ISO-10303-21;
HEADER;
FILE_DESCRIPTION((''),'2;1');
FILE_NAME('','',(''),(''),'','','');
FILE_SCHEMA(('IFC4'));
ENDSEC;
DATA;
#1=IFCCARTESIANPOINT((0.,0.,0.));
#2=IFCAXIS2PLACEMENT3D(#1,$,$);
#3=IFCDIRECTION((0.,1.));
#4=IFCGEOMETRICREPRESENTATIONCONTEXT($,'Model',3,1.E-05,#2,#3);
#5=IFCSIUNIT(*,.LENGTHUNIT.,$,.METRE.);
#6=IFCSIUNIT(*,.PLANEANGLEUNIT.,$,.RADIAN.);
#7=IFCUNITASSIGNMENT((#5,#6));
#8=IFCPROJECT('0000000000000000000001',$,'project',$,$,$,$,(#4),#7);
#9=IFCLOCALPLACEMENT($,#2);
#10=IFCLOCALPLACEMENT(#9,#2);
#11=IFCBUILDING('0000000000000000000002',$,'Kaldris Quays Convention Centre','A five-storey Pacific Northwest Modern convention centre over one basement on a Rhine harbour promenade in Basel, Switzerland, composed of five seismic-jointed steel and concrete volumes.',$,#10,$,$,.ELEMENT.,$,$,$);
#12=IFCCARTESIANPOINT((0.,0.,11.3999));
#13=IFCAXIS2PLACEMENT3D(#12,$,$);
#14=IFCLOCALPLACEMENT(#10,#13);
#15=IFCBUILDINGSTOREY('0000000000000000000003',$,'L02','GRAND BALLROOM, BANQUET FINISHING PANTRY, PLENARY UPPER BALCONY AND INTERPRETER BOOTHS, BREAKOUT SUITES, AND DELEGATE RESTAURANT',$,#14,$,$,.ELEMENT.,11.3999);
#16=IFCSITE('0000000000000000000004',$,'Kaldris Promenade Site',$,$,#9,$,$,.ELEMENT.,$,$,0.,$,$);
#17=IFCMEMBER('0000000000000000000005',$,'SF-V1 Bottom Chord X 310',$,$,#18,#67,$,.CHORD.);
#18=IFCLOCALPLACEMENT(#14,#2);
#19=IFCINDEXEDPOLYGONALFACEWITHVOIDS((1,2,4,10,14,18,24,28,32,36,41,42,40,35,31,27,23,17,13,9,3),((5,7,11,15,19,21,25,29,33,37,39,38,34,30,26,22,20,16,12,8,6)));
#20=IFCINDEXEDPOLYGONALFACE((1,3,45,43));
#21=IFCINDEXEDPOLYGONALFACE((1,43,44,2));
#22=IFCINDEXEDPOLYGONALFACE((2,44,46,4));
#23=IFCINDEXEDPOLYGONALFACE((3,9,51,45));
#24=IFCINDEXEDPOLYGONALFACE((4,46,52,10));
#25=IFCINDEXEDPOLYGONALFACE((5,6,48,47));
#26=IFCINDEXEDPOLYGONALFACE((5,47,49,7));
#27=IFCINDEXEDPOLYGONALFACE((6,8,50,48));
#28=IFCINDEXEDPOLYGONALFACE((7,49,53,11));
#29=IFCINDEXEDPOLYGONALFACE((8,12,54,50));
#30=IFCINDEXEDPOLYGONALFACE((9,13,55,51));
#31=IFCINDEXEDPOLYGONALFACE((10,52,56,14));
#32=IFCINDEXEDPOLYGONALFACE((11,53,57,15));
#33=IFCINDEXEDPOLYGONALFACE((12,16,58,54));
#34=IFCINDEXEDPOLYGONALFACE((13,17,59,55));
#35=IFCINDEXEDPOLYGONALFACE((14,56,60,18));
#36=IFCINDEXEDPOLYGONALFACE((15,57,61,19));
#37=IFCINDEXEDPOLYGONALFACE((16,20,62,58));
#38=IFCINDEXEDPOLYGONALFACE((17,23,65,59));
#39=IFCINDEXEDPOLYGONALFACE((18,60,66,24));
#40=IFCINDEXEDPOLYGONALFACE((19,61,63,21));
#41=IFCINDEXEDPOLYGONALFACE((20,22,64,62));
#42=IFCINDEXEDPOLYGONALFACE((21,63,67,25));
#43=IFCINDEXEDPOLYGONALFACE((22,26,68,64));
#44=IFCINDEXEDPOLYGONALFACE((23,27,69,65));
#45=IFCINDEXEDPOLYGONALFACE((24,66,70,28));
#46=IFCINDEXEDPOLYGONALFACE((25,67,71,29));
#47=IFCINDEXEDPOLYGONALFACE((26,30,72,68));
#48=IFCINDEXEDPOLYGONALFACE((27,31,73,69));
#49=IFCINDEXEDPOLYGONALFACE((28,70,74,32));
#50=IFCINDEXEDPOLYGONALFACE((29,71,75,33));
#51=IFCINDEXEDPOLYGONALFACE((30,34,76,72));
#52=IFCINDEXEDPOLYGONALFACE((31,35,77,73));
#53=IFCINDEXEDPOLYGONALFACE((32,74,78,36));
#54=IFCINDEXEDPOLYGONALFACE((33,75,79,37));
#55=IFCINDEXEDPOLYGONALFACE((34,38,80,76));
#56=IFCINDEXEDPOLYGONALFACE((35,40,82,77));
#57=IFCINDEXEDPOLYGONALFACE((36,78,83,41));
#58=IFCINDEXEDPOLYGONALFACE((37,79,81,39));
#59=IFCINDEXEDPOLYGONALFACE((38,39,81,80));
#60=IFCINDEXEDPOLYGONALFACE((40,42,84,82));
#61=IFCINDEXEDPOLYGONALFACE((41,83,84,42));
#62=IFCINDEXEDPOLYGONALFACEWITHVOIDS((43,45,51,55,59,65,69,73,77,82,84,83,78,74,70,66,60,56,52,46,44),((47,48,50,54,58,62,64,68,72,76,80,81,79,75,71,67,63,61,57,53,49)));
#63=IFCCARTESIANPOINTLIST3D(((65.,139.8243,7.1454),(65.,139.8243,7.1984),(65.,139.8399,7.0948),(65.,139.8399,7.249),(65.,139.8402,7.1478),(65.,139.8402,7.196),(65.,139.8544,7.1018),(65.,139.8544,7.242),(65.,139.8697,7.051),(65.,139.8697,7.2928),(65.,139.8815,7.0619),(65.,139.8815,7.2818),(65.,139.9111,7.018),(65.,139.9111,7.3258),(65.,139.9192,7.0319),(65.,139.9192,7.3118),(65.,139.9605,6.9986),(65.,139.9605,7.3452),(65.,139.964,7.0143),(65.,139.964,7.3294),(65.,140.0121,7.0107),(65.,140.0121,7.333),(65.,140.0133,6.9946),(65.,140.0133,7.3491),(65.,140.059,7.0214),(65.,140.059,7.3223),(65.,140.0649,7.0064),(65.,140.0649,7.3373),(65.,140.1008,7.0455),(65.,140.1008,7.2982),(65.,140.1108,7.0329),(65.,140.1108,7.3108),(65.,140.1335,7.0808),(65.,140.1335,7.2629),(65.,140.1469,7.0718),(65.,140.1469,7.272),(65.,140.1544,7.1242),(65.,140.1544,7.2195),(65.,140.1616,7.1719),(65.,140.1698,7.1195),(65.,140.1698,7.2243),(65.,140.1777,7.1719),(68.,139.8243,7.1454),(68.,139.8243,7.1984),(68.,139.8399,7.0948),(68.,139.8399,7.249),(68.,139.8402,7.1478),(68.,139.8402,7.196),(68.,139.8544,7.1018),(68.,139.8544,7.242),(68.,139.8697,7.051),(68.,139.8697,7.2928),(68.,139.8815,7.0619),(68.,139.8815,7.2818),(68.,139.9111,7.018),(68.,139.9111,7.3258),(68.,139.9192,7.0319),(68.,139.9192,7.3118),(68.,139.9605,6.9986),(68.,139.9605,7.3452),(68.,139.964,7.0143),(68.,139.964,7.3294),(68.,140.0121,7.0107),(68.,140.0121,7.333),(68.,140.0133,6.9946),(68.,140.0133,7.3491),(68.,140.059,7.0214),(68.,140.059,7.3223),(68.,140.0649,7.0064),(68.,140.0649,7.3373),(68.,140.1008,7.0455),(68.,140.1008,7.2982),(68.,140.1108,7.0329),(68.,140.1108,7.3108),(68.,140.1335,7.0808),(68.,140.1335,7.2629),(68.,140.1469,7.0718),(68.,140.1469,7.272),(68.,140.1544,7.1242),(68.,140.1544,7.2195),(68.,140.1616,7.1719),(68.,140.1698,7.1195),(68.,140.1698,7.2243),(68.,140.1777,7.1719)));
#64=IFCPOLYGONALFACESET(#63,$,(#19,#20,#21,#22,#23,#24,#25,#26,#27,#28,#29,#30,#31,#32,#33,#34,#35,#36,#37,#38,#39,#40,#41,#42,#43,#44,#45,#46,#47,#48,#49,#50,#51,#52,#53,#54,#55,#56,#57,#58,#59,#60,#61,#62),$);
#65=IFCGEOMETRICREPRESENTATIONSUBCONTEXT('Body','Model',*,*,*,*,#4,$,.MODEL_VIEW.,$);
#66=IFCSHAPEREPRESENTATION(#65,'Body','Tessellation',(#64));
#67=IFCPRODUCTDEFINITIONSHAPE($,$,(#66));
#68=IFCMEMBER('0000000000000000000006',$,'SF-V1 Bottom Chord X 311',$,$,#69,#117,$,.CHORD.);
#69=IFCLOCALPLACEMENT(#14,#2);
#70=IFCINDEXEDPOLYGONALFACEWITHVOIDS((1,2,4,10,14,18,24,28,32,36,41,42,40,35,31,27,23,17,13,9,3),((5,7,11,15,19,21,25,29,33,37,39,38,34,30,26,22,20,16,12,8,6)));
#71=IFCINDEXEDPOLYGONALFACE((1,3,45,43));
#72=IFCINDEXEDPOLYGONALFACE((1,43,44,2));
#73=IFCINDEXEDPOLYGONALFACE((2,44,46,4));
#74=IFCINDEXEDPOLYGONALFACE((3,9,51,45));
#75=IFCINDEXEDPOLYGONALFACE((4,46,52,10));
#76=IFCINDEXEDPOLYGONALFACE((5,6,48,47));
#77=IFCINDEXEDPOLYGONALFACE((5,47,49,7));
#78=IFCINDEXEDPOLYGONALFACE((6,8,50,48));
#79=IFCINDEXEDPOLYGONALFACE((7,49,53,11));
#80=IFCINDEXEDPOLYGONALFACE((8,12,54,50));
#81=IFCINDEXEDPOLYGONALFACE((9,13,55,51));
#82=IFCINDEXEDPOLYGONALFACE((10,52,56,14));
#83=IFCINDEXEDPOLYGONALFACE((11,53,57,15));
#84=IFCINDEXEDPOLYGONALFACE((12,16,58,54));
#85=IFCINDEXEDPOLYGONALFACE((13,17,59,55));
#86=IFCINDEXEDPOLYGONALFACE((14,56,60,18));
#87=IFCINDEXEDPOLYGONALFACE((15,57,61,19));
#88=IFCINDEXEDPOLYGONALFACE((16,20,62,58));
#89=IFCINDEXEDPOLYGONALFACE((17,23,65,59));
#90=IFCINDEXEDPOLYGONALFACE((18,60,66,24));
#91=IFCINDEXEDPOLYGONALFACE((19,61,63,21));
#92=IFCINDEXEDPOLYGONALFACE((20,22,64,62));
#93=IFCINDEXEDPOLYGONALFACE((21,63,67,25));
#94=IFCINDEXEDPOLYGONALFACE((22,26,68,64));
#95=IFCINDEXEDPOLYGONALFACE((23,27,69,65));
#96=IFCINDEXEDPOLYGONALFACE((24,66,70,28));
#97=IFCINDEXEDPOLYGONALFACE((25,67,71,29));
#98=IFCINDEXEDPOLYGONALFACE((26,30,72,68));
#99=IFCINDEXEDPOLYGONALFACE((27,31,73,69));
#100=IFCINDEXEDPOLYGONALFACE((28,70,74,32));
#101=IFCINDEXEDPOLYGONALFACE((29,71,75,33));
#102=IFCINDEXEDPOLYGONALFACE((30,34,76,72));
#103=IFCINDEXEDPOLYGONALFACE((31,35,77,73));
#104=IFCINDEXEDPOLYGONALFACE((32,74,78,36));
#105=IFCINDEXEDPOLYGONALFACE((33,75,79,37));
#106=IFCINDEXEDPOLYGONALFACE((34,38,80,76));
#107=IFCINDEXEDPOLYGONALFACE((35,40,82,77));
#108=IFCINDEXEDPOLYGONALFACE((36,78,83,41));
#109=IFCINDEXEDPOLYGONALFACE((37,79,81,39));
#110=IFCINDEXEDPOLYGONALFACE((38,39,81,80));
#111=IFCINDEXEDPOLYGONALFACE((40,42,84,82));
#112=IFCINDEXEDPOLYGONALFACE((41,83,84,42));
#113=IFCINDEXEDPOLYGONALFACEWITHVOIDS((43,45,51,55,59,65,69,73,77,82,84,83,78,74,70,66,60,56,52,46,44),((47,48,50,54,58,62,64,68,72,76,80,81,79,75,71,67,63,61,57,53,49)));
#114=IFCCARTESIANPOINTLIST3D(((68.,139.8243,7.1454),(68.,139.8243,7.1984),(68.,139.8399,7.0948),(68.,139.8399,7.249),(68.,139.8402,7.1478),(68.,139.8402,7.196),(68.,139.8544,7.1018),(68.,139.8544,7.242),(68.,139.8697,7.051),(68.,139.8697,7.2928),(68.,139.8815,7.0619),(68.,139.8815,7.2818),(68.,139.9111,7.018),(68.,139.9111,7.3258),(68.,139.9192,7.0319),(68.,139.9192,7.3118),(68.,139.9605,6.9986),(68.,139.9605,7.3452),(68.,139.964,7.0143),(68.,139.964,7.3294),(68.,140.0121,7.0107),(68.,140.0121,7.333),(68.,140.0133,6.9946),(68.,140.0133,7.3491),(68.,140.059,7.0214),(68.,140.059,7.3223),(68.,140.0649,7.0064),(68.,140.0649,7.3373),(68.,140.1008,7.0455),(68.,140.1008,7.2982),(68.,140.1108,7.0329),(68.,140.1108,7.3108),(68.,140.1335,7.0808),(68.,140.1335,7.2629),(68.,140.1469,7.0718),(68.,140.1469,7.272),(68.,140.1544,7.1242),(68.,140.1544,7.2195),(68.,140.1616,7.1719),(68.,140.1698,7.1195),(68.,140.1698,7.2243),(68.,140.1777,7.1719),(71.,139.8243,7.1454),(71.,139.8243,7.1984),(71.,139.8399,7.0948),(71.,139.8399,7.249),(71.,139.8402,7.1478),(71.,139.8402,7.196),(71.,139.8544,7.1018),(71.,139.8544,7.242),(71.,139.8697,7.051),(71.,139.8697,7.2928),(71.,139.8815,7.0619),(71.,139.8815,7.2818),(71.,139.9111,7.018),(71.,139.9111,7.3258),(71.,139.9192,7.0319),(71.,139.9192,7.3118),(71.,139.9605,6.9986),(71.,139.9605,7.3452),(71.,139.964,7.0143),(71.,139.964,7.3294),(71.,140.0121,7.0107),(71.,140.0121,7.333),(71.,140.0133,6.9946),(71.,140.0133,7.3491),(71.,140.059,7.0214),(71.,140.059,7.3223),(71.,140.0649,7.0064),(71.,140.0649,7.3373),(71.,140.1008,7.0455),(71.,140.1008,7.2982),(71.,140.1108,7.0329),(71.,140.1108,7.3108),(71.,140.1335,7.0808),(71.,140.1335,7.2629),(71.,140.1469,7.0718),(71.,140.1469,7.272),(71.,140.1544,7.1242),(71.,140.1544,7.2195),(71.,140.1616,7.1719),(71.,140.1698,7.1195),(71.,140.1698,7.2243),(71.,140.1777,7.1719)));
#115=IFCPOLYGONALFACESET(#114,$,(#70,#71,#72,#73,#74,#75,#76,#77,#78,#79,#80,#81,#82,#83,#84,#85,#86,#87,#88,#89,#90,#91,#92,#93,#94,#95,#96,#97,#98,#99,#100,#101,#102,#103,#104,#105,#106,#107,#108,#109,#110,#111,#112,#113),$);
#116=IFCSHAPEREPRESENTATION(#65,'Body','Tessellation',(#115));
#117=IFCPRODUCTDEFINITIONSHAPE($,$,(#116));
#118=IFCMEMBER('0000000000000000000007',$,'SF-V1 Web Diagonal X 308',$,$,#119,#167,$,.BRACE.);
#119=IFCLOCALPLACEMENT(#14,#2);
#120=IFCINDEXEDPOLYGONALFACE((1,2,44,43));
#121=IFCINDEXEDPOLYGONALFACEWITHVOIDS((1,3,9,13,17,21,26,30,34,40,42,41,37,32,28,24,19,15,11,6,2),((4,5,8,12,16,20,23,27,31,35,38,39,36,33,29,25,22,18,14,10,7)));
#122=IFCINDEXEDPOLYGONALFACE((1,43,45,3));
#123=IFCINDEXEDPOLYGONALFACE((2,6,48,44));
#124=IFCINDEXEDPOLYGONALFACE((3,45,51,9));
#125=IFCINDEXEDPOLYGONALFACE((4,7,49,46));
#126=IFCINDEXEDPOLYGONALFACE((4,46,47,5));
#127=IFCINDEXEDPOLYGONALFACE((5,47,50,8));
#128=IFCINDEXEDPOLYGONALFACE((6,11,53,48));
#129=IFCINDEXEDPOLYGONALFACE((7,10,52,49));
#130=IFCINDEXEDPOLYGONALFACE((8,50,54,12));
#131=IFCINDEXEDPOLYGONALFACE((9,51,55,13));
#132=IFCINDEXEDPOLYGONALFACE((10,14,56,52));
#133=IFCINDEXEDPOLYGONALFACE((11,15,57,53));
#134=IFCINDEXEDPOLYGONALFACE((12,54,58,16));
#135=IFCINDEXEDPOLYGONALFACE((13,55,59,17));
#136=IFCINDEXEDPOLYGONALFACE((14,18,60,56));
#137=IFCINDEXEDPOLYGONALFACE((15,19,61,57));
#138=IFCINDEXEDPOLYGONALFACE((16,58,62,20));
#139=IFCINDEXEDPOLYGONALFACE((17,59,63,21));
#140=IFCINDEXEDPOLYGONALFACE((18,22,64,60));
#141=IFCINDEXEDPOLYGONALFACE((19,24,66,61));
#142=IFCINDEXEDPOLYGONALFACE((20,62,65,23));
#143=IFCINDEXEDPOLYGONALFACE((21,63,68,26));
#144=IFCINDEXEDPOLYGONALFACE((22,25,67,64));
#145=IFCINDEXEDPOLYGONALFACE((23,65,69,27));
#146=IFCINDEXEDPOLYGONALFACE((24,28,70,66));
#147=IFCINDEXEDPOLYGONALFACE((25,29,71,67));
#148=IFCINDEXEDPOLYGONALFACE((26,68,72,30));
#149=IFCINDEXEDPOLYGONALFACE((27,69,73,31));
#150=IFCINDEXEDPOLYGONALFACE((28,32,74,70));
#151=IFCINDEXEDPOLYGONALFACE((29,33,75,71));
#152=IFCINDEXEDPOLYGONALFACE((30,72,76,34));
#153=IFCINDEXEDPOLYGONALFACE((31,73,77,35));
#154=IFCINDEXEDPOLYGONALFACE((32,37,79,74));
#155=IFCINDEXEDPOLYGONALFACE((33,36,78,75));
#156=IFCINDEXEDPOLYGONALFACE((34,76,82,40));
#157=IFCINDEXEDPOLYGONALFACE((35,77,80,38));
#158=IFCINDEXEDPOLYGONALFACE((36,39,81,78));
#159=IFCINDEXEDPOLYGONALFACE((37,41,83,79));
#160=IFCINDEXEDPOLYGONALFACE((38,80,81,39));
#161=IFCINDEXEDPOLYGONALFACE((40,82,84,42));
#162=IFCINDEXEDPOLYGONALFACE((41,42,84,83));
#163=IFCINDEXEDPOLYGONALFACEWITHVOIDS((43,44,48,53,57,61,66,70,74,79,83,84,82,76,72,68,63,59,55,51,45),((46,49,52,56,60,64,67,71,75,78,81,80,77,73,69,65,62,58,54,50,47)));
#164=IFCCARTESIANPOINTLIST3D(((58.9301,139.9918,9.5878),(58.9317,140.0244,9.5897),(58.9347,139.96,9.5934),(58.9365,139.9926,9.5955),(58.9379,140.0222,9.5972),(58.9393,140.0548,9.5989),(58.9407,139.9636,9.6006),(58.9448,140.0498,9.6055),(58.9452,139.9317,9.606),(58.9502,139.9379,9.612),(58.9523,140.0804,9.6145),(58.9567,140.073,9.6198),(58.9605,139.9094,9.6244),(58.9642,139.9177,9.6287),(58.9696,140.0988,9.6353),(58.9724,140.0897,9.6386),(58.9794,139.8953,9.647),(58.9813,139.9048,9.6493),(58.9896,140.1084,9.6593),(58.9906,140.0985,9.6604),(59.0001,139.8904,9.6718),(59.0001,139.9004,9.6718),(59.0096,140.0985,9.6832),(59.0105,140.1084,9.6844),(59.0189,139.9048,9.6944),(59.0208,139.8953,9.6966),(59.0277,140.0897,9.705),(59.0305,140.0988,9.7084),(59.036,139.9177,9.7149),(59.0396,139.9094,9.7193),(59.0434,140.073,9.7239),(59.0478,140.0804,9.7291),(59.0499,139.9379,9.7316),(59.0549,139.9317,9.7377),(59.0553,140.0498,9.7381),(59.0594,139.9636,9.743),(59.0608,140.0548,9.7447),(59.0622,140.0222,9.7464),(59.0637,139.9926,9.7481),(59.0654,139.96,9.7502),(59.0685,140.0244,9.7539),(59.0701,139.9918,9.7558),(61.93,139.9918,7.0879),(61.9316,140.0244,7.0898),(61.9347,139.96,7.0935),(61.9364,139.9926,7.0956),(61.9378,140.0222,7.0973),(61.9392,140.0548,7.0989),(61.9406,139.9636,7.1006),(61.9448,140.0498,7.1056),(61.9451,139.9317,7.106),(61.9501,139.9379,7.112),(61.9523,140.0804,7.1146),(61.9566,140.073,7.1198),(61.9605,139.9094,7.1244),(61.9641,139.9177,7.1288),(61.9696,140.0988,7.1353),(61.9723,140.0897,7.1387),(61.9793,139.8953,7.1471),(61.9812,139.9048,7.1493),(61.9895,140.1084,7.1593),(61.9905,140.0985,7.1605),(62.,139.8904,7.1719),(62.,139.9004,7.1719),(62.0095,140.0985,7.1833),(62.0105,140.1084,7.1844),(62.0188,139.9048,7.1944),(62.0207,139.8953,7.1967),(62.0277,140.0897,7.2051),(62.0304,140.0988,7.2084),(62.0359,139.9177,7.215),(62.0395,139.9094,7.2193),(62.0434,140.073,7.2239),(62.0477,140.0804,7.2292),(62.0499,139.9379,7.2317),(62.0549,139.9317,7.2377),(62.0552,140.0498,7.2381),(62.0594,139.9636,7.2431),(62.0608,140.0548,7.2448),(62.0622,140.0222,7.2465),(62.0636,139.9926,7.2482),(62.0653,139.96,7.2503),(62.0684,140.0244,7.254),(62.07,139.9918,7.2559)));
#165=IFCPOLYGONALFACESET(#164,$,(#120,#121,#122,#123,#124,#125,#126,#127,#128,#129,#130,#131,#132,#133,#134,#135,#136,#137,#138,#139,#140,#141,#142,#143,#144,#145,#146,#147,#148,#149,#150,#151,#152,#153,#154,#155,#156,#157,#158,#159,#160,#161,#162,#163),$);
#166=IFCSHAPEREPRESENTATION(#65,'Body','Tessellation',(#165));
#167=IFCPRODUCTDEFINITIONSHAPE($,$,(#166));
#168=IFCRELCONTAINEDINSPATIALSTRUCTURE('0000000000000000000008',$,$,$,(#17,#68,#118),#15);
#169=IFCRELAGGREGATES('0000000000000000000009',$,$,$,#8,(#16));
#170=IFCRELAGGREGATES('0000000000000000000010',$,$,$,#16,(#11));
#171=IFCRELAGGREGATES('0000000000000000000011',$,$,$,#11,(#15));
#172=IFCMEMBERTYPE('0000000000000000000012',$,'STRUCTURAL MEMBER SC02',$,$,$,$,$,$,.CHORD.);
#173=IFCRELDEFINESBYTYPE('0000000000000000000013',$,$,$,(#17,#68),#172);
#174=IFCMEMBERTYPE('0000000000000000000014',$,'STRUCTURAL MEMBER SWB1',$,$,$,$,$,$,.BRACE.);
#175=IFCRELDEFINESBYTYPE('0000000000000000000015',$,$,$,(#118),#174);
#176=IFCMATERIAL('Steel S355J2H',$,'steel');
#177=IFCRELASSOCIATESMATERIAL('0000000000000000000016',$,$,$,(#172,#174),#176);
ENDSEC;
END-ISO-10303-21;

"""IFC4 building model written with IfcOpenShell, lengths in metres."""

from ifc_helpers import new_model, si_unit, direction, frame, origin, origin_2d, place, context, subcontext, project, spatial, hollow_circle, extrude, material, material_profile, profile_set, type_object, element, save


model = new_model("IFC4")

# Units and contexts
model_context = context("Model", 3, precision=1e-05, world=origin(), true_north=direction((0.0, 1.0)))
body_context = subcontext(model_context, "Body", "Model", "MODEL_VIEW")
ifc_project = project(units=[si_unit("LENGTHUNIT", "METRE"), si_unit("PLANEANGLEUNIT", "RADIAN")], contexts=[model_context])

# Site, building, storey
site_placement = place(None, origin())
site = spatial("IfcSite", under=ifc_project, at=site_placement, Name="Kaldris Promenade Site", CompositionType="ELEMENT", RefElevation=0.0)
building_placement = place(site_placement, origin())
building = spatial("IfcBuilding", under=site, at=building_placement, Name="Kaldris Quays Convention Centre", Description="A five-storey Pacific Northwest Modern convention centre over one basement on a Rhine harbour promenade in Basel, Switzerland, composed of five seismic-jointed steel and concrete volumes.", CompositionType="ELEMENT")
storey_placement = place(building_placement, frame((0.0, 0.0, 11.3999)))
storey = spatial("IfcBuildingStorey", under=building, at=storey_placement, Name="L02", Description="GRAND BALLROOM, BANQUET FINISHING PANTRY, PLENARY UPPER BALCONY AND INTERPRETER BOOTHS, BREAKOUT SUITES, AND DELEGATE RESTAURANT", CompositionType="ELEMENT", Elevation=11.3999)

# Members
ifc_material_1 = material(Name="Steel S355J2H", Category="steel")
ifc_material_profile_1 = material_profile(ifc_material_1, hollow_circle(Radius=0.1777, WallThickness=0.0161, at=origin_2d()), Name="CHS 355.6x16")
ifc_profile_set_1 = profile_set([ifc_material_profile_1], Name="Steel S355J2H")
member_type_1 = type_object("IfcMemberType", Name="STRUCTURAL MEMBER SC02", PredefinedType="CHORD", material=ifc_profile_set_1)
for number, where, z_axis, x_axis, name in (
    (1, (65.0, 140.0, 7.1719), (1.0, 0.0, 0.0), (0.0, 1.0, 0.0), "SF-V1 Bottom Chord X 310"),
    (2, (68.0, 140.0, 7.1719), (1.0, 0.0, 0.0), (0.0, 1.0, 0.0), "SF-V1 Bottom Chord X 311"),
):
    element("IfcMember", number, at=place(storey_placement, frame(where, z_axis=z_axis, x_axis=x_axis)), inside=storey, type_object=member_type_1, Name=name, PredefinedType="CHORD", context=body_context, shape_type="SweptSolid", body=[
        extrude(hollow_circle(Radius=0.1777, WallThickness=0.0161, at=origin_2d()), origin(), (0.0, 0.0, 1.0), 3.0),
    ])
ifc_material_profile_2 = material_profile(ifc_material_1, hollow_circle(Radius=0.1096, WallThickness=0.01, at=origin_2d()), Name="CHS 219.1x10")
ifc_profile_set_2 = profile_set([ifc_material_profile_2], Name="Steel S355J2H")
member_type_2 = type_object("IfcMemberType", Name="STRUCTURAL MEMBER SWB1", PredefinedType="BRACE", material=ifc_profile_set_2)
for number, where, z_axis, x_axis, name in (
    (3, (62.0, 140.0, 7.1719), (-0.768221, 0.0, 0.640184), (0.0, -1.0, 0.0), "SF-V1 Web Diagonal X 308"),
):
    element("IfcMember", number, at=place(storey_placement, frame(where, z_axis=z_axis, x_axis=x_axis)), inside=storey, type_object=member_type_2, Name=name, PredefinedType="BRACE", context=body_context, shape_type="SweptSolid", body=[
        extrude(hollow_circle(Radius=0.1096, WallThickness=0.01, at=origin_2d()), origin(), (0.0, 0.0, 1.0), 3.905),
    ])

save(model, "model.ifc")
